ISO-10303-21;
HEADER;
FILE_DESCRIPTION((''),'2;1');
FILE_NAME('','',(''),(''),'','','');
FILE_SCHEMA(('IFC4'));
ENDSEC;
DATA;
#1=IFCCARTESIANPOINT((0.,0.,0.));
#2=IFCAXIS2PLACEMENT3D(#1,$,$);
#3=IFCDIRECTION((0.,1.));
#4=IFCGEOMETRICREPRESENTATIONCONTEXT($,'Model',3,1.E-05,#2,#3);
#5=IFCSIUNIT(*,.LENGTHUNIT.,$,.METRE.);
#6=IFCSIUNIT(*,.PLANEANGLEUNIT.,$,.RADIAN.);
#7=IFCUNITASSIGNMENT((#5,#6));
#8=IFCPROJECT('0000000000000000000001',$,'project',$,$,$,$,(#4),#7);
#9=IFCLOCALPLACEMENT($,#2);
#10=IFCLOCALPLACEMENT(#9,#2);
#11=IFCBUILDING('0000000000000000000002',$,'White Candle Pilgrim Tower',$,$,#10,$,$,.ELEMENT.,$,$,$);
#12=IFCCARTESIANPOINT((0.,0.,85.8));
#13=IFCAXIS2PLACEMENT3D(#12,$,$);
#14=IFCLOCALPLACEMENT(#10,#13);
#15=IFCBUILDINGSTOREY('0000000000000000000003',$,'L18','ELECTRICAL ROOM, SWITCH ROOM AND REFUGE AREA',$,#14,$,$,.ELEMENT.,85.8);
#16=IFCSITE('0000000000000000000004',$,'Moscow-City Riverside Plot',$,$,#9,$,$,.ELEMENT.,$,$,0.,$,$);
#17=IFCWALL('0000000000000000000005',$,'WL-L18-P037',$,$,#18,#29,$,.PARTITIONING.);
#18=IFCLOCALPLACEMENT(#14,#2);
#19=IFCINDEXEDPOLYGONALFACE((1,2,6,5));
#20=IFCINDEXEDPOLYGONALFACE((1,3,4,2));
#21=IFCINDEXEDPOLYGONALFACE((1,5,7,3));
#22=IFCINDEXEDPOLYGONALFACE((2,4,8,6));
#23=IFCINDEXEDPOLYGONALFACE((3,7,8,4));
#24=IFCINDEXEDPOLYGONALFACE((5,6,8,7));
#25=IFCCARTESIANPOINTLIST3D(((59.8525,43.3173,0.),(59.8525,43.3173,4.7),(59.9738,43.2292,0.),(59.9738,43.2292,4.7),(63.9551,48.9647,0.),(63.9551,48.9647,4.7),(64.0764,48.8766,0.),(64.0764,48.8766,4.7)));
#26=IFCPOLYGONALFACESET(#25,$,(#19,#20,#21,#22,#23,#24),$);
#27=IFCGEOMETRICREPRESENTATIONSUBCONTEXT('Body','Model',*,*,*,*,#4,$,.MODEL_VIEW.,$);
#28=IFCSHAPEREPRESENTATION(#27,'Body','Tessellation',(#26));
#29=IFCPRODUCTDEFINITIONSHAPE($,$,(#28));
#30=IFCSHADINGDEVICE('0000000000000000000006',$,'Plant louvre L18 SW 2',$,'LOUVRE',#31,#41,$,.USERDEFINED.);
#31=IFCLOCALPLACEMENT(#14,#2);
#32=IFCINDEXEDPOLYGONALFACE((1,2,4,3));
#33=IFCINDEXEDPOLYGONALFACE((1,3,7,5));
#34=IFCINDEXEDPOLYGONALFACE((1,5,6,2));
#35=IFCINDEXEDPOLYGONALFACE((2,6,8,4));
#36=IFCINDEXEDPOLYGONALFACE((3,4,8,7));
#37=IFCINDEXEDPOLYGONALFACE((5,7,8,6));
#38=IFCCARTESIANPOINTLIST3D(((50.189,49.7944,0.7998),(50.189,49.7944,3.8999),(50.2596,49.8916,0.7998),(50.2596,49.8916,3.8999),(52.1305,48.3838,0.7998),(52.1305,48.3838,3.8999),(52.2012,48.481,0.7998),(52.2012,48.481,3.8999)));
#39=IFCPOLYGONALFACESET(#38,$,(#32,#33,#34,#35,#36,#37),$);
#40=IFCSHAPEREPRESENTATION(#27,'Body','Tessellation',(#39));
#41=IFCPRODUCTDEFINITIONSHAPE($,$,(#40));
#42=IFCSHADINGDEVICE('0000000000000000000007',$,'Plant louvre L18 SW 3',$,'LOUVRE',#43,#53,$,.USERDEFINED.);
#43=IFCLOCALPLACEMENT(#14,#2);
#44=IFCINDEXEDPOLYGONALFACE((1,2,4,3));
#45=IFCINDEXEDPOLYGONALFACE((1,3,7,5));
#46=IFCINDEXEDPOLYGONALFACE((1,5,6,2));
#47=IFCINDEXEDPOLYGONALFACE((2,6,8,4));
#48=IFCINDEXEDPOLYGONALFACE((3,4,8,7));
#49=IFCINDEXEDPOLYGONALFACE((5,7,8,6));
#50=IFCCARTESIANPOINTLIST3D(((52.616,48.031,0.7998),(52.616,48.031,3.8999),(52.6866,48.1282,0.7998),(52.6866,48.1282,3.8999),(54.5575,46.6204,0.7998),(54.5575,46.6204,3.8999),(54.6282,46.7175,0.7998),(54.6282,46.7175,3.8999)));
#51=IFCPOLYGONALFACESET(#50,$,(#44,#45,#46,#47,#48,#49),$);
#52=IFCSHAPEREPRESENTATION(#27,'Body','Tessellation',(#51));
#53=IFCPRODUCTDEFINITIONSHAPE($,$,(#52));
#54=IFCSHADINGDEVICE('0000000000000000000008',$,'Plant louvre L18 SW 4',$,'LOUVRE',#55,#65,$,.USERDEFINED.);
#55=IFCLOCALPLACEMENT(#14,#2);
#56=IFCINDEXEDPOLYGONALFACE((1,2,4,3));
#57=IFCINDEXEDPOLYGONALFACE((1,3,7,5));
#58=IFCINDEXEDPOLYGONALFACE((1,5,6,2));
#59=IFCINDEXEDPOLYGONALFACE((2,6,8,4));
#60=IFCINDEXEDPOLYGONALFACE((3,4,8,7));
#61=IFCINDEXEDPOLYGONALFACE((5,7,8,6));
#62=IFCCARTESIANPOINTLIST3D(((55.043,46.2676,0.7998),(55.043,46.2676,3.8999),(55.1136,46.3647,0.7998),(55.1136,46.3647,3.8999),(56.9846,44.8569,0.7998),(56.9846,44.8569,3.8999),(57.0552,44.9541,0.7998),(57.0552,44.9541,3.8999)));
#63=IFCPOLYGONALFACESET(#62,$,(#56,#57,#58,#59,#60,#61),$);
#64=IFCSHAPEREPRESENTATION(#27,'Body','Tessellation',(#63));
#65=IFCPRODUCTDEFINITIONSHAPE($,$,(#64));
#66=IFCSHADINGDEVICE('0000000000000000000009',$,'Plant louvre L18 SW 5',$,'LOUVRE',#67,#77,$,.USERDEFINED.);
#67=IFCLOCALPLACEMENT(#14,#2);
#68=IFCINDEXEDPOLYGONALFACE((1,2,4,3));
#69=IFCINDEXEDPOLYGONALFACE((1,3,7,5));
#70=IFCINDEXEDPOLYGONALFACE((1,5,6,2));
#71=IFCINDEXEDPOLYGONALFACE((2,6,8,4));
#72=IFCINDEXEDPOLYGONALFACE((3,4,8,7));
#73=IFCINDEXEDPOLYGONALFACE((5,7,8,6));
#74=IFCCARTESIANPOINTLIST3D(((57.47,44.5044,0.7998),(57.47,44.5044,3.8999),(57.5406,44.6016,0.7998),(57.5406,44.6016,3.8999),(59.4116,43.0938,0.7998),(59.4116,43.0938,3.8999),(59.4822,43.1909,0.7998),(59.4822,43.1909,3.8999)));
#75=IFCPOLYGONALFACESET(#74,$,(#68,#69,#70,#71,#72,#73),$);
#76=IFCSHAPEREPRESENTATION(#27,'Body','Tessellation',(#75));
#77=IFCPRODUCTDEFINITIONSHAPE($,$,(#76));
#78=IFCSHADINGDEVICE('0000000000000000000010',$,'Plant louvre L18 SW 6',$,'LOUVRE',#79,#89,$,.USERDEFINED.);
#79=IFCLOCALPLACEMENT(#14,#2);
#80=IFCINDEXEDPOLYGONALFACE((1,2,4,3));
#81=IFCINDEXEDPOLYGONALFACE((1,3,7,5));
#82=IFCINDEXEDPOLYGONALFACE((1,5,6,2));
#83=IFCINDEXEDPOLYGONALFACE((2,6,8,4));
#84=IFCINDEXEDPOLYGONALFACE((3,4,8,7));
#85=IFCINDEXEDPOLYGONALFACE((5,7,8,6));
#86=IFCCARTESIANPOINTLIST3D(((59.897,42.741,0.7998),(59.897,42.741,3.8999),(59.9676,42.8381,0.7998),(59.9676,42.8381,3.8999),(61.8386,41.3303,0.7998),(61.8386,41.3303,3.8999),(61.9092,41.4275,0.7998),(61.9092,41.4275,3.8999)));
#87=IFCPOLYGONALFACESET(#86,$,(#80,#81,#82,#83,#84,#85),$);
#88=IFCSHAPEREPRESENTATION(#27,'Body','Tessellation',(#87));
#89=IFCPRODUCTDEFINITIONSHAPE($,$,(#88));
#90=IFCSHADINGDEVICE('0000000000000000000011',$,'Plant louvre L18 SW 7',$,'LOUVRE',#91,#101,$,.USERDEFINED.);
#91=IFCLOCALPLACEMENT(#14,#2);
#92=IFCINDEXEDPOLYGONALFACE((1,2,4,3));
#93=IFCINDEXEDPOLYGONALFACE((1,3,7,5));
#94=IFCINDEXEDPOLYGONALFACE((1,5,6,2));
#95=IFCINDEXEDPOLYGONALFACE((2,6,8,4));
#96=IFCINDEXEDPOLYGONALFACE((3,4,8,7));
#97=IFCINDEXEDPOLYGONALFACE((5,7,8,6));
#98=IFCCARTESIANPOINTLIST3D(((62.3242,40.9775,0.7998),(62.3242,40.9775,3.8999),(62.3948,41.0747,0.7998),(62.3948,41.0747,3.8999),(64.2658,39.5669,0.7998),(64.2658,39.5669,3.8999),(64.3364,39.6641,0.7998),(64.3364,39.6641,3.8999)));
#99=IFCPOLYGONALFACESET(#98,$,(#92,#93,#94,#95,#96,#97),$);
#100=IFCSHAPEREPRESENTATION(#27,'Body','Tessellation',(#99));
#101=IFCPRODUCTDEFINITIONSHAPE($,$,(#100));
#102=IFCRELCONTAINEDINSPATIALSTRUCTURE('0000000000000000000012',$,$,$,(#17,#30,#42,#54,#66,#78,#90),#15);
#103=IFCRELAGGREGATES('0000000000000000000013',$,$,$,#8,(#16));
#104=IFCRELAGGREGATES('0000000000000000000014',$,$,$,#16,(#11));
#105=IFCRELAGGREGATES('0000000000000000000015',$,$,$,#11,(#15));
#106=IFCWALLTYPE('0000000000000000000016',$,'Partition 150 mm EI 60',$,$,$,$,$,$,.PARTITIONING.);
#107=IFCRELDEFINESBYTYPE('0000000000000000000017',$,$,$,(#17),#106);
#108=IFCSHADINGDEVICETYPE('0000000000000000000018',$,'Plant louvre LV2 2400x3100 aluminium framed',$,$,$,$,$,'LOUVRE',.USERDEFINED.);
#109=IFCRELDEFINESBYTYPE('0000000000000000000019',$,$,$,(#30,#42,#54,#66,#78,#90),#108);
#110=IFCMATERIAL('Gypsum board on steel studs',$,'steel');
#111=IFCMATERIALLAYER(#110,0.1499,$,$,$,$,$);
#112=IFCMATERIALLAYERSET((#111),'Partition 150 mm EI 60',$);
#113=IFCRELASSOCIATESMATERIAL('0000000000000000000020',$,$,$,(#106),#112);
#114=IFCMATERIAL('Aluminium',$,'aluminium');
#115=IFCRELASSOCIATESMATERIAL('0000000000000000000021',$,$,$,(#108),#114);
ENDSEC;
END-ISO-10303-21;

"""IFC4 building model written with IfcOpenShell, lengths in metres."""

from ifc_helpers import new_model, si_unit, direction, frame, frame_2d, origin, origin_2d, place, context, subcontext, project, spatial, rectangle, extrude, material, layer, layer_set, type_object, element, save


model = new_model("IFC4")

# Units and contexts
model_context = context("Model", 3, precision=1e-05, world=origin(), true_north=direction((0.0, 1.0)))
body_context = subcontext(model_context, "Body", "Model", "MODEL_VIEW")
ifc_project = project(units=[si_unit("LENGTHUNIT", "METRE"), si_unit("PLANEANGLEUNIT", "RADIAN")], contexts=[model_context])

# Site, building, storey
site_placement = place(None, origin())
site = spatial("IfcSite", under=ifc_project, at=site_placement, Name="Moscow-City Riverside Plot", CompositionType="ELEMENT", RefElevation=0.0)
building_placement = place(site_placement, origin())
building = spatial("IfcBuilding", under=site, at=building_placement, Name="White Candle Pilgrim Tower", CompositionType="ELEMENT")
storey_placement = place(building_placement, frame((0.0, 0.0, 85.8)))
storey = spatial("IfcBuildingStorey", under=building, at=storey_placement, Name="L18", Description="ELECTRICAL ROOM, SWITCH ROOM AND REFUGE AREA", CompositionType="ELEMENT", Elevation=85.8)

# Shared definitions
ifc_material_1 = material(Name="Gypsum board on steel studs", Category="steel")

# Wall
ifc_layer_1 = layer(ifc_material_1, 0.1499)
ifc_layer_set_1 = layer_set([ifc_layer_1], Name="Partition 150 mm EI 60")
wall_type_1 = type_object("IfcWallType", Name="Partition 150 mm EI 60", PredefinedType="PARTITIONING", material=ifc_layer_set_1)
wall_1_placement = place(storey_placement, frame((59.9131, 43.2732, 0.0), z_axis=(0.0, 0.0, 1.0), x_axis=(0.587747, 0.809045, 0.0)))
element("IfcWall", 1, at=wall_1_placement, inside=storey, type_object=wall_type_1, Name="WL-L18-P037", PredefinedType="PARTITIONING", context=body_context, shape_type="SweptSolid", body=[
    extrude(rectangle(XDim=6.9802, YDim=0.1499, at=frame_2d((3.4902, 0.0))), origin(), (0.0, 0.0, 1.0), 4.7),
])

# Shading devices
ifc_material_2 = material(Name="Aluminium", Category="aluminium")
shading_device_type = type_object("IfcShadingDeviceType", Name="Plant louvre LV2 2400x3100 aluminium framed", ElementType="LOUVRE", PredefinedType="USERDEFINED", material=ifc_material_2)
for number, where, z_axis, x_axis, name in (
    (2, (51.1951, 49.1377, 0.7998), (0.0, 0.0, 1.0), (0.809017, -0.587785, 0.0), "Plant louvre L18 SW 2"),
    (3, (53.6221, 47.3743, 0.7998), (0.0, 0.0, 1.0), (0.809017, -0.587785, 0.0), "Plant louvre L18 SW 3"),
    (4, (56.0491, 45.6108, 0.7998), (0.0, 0.0, 1.0), (0.809017, -0.587785, 0.0), "Plant louvre L18 SW 4"),
    (5, (58.4761, 43.8477, 0.7998), (0.0, 0.0, 1.0), (0.809017, -0.587785, 0.0), "Plant louvre L18 SW 5"),
    (6, (60.9031, 42.0842, 0.7998), (0.0, 0.0, 1.0), (0.809017, -0.587785, 0.0), "Plant louvre L18 SW 6"),
    (7, (63.3303, 40.3208, 0.7998), (0.0, 0.0, 1.0), (0.809017, -0.587785, 0.0), "Plant louvre L18 SW 7"),
):
    element("IfcShadingDevice", number, at=place(storey_placement, frame(where, z_axis=z_axis, x_axis=x_axis)), inside=storey, type_object=shading_device_type, Name=name, ObjectType="LOUVRE", PredefinedType="USERDEFINED", context=body_context, shape_type="SweptSolid", body=[
        extrude(rectangle(XDim=2.3999, YDim=0.1201, at=origin_2d()), origin(), (0.0, 0.0, 1.0), 3.1001),
    ])

save(model, "model.ifc")
